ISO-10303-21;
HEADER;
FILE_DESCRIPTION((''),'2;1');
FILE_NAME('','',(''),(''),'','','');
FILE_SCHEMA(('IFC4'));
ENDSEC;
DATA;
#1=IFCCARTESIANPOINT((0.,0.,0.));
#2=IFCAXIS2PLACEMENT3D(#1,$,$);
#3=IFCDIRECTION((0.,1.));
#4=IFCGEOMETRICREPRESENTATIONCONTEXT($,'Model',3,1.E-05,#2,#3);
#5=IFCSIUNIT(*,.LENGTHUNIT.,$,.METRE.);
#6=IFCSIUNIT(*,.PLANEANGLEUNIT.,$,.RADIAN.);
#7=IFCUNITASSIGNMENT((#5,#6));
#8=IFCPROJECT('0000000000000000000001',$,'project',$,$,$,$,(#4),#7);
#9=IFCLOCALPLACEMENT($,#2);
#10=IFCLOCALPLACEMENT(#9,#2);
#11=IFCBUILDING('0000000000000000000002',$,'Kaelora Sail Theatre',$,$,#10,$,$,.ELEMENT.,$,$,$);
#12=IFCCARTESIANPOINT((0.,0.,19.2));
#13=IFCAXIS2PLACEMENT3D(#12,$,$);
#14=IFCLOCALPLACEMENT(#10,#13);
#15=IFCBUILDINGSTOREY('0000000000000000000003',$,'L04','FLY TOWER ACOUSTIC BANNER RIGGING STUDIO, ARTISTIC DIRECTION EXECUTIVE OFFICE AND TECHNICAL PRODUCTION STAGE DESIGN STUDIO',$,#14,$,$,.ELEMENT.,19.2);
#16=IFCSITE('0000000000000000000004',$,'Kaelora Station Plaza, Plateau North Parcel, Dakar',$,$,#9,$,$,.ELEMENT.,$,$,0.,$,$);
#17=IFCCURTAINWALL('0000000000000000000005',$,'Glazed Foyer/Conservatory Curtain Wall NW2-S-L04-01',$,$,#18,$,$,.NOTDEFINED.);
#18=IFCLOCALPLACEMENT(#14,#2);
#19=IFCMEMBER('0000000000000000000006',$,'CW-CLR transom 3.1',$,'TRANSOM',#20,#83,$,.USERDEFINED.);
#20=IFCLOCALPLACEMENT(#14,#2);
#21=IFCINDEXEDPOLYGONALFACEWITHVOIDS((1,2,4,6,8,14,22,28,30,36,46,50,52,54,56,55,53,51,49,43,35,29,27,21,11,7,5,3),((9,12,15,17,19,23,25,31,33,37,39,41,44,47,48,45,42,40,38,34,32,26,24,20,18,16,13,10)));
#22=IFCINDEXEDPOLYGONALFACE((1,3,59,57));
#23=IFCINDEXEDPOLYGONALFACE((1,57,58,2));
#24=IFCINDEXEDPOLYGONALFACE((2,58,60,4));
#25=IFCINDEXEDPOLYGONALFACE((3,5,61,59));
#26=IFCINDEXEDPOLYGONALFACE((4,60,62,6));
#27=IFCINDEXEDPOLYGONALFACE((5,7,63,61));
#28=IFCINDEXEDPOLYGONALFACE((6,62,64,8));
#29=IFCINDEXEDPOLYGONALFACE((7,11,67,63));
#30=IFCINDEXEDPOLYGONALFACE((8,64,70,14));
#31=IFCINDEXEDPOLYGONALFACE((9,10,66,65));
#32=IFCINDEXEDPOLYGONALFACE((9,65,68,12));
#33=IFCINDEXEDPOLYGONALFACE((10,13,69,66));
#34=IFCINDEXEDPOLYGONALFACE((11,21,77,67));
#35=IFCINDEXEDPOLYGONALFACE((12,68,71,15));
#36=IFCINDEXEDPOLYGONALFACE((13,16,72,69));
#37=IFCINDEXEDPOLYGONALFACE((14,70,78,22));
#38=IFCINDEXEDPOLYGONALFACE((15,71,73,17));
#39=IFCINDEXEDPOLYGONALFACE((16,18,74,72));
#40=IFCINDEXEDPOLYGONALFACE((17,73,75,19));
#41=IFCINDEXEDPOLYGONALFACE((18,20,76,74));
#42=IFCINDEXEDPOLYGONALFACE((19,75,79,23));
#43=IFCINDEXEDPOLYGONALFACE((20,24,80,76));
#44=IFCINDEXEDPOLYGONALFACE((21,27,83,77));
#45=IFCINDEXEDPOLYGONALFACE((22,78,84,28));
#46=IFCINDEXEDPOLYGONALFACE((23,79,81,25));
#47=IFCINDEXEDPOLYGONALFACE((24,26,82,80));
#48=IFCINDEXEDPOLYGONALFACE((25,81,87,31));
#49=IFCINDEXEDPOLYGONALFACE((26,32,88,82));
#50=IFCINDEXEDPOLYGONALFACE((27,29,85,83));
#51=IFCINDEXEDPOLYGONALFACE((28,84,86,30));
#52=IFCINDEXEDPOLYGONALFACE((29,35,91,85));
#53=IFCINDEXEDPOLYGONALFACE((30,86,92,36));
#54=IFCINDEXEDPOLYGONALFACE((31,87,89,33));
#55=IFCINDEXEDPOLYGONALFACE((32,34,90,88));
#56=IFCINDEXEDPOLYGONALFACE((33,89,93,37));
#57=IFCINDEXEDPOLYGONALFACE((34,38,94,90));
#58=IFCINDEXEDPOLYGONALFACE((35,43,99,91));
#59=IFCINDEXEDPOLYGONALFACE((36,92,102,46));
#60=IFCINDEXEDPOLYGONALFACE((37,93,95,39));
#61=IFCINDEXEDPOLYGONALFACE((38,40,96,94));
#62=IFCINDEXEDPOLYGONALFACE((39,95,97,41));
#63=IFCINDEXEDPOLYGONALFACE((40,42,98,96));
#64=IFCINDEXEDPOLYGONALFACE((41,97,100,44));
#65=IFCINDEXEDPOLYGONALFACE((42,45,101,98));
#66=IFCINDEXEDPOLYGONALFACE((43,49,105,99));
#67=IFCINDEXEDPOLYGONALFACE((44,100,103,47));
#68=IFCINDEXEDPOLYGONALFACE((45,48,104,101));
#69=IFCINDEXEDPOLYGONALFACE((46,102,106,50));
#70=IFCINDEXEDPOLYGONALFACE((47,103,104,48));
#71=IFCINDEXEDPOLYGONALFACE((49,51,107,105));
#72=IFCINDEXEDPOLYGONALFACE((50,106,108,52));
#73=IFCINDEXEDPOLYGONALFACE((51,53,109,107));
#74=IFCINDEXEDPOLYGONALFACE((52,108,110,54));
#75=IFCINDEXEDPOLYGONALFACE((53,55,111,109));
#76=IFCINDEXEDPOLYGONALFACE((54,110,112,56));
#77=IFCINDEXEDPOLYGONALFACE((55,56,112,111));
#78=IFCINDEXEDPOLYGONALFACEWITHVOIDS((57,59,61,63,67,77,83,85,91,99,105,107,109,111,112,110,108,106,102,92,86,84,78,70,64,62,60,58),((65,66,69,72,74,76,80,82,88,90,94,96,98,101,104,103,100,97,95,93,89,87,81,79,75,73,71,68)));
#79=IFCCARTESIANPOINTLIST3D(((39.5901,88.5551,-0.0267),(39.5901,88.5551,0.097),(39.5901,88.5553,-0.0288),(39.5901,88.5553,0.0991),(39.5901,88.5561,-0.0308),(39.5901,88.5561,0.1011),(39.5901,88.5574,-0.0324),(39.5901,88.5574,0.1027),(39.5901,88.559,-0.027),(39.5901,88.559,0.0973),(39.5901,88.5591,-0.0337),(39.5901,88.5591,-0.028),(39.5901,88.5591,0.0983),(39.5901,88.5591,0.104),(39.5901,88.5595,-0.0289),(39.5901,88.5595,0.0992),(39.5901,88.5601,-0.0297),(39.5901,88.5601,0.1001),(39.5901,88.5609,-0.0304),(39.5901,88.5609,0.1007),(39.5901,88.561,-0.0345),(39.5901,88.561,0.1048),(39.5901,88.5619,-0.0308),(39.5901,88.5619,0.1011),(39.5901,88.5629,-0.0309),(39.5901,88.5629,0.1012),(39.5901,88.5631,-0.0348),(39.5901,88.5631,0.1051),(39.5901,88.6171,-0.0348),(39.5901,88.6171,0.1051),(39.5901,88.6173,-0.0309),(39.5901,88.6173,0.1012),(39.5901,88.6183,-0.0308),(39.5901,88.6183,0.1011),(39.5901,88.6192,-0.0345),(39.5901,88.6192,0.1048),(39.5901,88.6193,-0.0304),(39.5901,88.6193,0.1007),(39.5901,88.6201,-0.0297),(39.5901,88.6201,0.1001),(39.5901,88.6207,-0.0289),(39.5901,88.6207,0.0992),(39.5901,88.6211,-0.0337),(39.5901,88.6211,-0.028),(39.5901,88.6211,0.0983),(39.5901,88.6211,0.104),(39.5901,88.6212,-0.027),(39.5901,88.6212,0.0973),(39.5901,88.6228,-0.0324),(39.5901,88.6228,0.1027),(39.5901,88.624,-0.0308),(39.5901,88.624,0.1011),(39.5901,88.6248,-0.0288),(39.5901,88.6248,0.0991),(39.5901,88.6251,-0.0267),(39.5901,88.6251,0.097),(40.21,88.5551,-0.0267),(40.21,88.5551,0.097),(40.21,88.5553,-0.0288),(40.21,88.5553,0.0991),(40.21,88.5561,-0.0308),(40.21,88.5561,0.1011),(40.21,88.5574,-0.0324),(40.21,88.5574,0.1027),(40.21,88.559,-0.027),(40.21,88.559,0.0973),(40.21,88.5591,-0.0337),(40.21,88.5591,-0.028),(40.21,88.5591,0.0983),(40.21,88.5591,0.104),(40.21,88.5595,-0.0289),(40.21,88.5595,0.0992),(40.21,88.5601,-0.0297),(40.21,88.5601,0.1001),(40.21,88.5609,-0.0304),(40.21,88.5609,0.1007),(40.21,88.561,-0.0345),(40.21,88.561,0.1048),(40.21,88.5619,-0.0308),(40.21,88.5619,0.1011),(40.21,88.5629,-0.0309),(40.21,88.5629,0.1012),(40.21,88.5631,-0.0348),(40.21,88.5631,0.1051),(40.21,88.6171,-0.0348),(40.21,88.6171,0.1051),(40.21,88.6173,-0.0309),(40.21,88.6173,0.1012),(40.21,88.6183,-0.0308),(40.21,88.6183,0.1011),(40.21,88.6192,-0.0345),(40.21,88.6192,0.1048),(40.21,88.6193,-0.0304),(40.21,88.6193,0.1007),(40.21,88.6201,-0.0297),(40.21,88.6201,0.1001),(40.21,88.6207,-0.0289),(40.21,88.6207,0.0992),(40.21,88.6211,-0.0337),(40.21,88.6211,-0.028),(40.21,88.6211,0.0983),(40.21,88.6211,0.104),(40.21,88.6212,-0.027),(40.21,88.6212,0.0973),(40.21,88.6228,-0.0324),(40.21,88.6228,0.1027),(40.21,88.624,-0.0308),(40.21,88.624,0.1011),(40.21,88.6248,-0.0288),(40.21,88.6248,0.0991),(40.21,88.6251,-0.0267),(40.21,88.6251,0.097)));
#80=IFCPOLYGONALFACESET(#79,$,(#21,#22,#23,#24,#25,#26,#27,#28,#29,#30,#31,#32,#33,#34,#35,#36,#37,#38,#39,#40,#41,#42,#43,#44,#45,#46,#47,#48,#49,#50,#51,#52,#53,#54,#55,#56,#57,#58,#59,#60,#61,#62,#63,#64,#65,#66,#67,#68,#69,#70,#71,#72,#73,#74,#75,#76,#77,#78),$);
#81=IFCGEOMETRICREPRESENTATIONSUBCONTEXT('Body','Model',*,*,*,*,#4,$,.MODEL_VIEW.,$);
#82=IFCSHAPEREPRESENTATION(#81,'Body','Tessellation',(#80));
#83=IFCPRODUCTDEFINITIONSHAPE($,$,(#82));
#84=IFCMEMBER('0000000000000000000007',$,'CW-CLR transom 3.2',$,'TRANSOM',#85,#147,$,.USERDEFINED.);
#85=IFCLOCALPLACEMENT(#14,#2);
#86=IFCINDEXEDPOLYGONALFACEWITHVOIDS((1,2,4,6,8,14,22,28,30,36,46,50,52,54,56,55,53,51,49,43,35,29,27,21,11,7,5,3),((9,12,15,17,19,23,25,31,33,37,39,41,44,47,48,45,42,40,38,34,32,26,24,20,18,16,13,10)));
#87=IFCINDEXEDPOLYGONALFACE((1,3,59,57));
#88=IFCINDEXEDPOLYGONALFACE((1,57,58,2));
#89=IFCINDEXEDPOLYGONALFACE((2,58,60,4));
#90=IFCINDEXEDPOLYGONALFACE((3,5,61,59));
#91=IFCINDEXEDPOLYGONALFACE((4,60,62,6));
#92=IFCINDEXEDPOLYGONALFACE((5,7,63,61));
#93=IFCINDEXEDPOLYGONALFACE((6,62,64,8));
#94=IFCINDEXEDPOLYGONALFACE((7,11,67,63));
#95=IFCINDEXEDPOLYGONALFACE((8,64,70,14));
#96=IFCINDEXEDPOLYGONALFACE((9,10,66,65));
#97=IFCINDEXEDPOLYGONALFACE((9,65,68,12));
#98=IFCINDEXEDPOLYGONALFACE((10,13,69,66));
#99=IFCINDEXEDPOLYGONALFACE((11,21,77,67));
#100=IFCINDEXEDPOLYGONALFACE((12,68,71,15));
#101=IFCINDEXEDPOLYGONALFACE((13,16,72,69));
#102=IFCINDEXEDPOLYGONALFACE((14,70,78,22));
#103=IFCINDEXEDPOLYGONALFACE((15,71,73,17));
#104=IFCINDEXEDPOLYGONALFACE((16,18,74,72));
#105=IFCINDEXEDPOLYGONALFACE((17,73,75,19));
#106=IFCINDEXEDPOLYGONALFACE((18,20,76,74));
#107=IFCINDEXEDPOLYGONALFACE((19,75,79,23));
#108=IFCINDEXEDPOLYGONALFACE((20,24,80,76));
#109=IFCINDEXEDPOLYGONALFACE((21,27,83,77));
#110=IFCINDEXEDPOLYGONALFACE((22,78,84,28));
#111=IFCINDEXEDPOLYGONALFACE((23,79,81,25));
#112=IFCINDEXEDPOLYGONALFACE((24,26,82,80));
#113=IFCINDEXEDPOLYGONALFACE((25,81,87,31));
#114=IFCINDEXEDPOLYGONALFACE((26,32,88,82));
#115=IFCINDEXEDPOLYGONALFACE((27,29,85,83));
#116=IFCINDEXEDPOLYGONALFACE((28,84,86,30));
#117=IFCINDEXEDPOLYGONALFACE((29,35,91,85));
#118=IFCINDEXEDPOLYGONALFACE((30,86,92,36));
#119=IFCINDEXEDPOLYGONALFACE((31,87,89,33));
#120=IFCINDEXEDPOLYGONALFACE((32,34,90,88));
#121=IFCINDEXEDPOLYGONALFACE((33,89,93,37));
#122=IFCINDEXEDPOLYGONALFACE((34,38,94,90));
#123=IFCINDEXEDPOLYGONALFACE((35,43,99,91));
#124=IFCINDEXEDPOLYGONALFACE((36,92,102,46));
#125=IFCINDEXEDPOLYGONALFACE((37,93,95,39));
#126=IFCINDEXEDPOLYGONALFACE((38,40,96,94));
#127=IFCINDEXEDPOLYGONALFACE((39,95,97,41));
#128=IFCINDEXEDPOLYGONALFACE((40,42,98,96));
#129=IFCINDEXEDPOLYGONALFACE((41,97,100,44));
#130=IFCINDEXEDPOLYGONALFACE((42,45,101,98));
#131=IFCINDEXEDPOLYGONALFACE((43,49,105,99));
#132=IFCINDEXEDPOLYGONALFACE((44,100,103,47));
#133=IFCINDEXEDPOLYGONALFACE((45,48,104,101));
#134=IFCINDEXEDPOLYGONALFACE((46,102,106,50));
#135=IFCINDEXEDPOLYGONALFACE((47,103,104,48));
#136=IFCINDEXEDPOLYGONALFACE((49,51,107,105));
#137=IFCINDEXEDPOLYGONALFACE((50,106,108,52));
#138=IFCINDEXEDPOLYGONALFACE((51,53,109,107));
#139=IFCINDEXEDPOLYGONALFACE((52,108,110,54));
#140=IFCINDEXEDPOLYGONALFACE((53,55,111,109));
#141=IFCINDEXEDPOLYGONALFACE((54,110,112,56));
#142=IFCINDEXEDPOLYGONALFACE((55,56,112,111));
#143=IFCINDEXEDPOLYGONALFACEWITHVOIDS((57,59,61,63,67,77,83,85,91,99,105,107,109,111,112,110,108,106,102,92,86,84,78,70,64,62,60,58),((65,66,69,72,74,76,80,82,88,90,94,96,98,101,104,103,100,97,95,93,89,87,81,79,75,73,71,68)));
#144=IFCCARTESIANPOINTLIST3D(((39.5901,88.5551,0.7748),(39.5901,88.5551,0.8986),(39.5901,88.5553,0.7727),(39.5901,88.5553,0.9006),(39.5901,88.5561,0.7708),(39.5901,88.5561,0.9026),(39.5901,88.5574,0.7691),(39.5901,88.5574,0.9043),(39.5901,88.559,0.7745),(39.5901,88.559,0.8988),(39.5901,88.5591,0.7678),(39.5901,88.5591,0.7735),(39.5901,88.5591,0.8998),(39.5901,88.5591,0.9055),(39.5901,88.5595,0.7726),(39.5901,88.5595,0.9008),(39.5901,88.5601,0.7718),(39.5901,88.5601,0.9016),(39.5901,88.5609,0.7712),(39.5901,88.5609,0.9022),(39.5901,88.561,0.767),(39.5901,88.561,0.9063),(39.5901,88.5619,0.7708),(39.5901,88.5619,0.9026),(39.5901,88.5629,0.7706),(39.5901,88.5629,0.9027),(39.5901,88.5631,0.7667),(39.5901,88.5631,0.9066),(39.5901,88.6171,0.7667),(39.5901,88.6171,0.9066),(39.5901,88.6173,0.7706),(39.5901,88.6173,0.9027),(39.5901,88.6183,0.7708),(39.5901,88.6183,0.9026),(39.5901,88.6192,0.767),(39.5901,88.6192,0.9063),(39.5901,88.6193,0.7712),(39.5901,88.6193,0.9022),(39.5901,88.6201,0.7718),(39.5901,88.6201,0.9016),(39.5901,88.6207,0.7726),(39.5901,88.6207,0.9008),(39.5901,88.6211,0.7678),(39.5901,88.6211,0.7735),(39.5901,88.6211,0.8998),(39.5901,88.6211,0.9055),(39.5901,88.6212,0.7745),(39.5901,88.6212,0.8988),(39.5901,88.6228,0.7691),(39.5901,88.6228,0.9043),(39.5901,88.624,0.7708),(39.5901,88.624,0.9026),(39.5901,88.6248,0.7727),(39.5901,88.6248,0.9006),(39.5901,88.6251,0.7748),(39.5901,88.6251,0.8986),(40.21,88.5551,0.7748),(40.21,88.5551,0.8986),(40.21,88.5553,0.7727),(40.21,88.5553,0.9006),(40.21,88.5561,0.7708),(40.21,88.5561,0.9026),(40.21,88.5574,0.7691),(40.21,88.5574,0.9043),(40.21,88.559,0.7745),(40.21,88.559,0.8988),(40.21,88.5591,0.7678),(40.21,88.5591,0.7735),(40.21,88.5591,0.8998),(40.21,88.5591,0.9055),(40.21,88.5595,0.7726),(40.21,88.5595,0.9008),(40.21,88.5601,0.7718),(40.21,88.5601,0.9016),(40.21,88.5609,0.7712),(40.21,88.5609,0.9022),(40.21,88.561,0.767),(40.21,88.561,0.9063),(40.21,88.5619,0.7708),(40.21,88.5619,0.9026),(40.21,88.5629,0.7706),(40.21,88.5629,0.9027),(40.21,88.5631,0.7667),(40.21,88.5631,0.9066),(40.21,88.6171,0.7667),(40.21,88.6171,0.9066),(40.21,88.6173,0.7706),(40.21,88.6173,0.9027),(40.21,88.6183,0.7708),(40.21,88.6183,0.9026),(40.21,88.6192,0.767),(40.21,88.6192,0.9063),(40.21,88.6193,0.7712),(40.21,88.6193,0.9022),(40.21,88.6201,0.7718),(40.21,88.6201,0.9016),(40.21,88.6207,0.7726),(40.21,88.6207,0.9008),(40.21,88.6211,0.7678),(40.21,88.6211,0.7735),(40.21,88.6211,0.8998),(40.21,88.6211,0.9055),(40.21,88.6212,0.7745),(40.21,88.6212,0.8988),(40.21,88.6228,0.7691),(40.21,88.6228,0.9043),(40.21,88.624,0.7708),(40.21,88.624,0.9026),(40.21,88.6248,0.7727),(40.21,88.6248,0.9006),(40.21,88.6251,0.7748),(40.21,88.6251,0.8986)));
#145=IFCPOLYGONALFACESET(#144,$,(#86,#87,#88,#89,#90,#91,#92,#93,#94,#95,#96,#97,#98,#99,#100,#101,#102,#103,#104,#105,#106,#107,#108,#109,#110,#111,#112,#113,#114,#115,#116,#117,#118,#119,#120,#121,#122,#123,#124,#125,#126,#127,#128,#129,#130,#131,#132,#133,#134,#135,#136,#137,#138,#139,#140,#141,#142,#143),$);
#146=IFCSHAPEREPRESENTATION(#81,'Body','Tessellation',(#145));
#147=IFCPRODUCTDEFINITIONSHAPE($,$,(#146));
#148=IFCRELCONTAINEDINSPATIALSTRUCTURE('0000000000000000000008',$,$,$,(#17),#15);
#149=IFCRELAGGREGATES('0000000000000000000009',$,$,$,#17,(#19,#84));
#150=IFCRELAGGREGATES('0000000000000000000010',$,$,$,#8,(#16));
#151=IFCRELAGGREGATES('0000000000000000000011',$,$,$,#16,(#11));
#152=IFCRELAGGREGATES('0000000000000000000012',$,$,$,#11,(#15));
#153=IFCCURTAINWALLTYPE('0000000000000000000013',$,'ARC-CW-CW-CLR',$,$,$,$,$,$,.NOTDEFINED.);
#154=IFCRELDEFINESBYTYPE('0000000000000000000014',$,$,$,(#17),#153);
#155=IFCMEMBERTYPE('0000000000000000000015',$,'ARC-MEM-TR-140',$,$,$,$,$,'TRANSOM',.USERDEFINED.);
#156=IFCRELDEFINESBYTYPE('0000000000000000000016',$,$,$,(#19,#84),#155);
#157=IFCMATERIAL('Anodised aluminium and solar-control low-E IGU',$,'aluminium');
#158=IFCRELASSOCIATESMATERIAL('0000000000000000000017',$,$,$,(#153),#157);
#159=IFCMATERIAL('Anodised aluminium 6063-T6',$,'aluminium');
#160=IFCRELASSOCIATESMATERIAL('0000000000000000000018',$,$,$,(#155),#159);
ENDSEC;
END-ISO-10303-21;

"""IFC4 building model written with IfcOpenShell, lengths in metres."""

from ifc_helpers import new_model, si_unit, direction, frame, origin, origin_2d, place, context, subcontext, project, spatial, hollow_rectangle, extrude, material, material_profile, profile_set, type_object, element, aggregate, save


model = new_model("IFC4")

# Units and contexts
model_context = context("Model", 3, precision=1e-05, world=origin(), true_north=direction((0.0, 1.0)))
body_context = subcontext(model_context, "Body", "Model", "MODEL_VIEW")
ifc_project = project(units=[si_unit("LENGTHUNIT", "METRE"), si_unit("PLANEANGLEUNIT", "RADIAN")], contexts=[model_context])

# Site, building, storey
site_placement = place(None, origin())
site = spatial("IfcSite", under=ifc_project, at=site_placement, Name="Kaelora Station Plaza, Plateau North Parcel, Dakar", CompositionType="ELEMENT", RefElevation=0.0)
building_placement = place(site_placement, origin())
building = spatial("IfcBuilding", under=site, at=building_placement, Name="Kaelora Sail Theatre", CompositionType="ELEMENT")
storey_placement = place(building_placement, frame((0.0, 0.0, 19.2)))
storey = spatial("IfcBuildingStorey", under=building, at=storey_placement, Name="L04", Description="FLY TOWER ACOUSTIC BANNER RIGGING STUDIO, ARTISTIC DIRECTION EXECUTIVE OFFICE AND TECHNICAL PRODUCTION STAGE DESIGN STUDIO", CompositionType="ELEMENT", Elevation=19.2)

# Curtain wall, members
ifc_material_1 = material(Name="Anodised aluminium and solar-control low-E IGU", Category="aluminium")
curtain_wall_type = type_object("IfcCurtainWallType", Name="ARC-CW-CW-CLR", PredefinedType="NOTDEFINED", material=ifc_material_1)
curtain_wall_placement = place(storey_placement, origin())
curtain_wall = element("IfcCurtainWall", 1, at=curtain_wall_placement, inside=storey, type_object=curtain_wall_type, Name="Glazed Foyer/Conservatory Curtain Wall NW2-S-L04-01", PredefinedType="NOTDEFINED")
ifc_material_2 = material(Name="Anodised aluminium 6063-T6", Category="aluminium")
ifc_material_profile_1 = material_profile(ifc_material_2, hollow_rectangle(XDim=0.0701, YDim=0.1399, WallThickness=0.0039, InnerFilletRadius=0.0039, OuterFilletRadius=0.0081, at=origin_2d()), Name="ALU-TRAN 70x140x4")
ifc_profile_set_1 = profile_set([ifc_material_profile_1], Name="Anodised aluminium 6063-T6")
member_type_1 = type_object("IfcMemberType", Name="ARC-MEM-TR-140", ElementType="TRANSOM", PredefinedType="USERDEFINED", material=ifc_profile_set_1)
member_1_placement = place(storey_placement, frame((39.5901, 88.5901, 0.0352), z_axis=(1.0, 0.0, 0.0), x_axis=(0.0, 1.0, 0.0)))
member_1 = element("IfcMember", 2, at=member_1_placement, type_object=member_type_1, Name="CW-CLR transom 3.1", ObjectType="TRANSOM", PredefinedType="USERDEFINED", context=body_context, shape_type="SweptSolid", body=[
    extrude(hollow_rectangle(XDim=0.0701, YDim=0.1399, WallThickness=0.0039, InnerFilletRadius=0.0039, OuterFilletRadius=0.0081, at=origin_2d()), origin(), (0.0, 0.0, 1.0), 0.6199),
])
member_2_placement = place(storey_placement, frame((39.5901, 88.5901, 0.8367), z_axis=(1.0, 0.0, 0.0), x_axis=(0.0, 1.0, 0.0)))
member_2 = element("IfcMember", 3, at=member_2_placement, type_object=member_type_1, Name="CW-CLR transom 3.2", ObjectType="TRANSOM", PredefinedType="USERDEFINED", context=body_context, shape_type="SweptSolid", body=[
    extrude(hollow_rectangle(XDim=0.0701, YDim=0.1399, WallThickness=0.0039, InnerFilletRadius=0.0039, OuterFilletRadius=0.0081, at=origin_2d()), origin(), (0.0, 0.0, 1.0), 0.6199),
])
aggregate(curtain_wall, [member_1, member_2])

save(model, "model.ifc")
